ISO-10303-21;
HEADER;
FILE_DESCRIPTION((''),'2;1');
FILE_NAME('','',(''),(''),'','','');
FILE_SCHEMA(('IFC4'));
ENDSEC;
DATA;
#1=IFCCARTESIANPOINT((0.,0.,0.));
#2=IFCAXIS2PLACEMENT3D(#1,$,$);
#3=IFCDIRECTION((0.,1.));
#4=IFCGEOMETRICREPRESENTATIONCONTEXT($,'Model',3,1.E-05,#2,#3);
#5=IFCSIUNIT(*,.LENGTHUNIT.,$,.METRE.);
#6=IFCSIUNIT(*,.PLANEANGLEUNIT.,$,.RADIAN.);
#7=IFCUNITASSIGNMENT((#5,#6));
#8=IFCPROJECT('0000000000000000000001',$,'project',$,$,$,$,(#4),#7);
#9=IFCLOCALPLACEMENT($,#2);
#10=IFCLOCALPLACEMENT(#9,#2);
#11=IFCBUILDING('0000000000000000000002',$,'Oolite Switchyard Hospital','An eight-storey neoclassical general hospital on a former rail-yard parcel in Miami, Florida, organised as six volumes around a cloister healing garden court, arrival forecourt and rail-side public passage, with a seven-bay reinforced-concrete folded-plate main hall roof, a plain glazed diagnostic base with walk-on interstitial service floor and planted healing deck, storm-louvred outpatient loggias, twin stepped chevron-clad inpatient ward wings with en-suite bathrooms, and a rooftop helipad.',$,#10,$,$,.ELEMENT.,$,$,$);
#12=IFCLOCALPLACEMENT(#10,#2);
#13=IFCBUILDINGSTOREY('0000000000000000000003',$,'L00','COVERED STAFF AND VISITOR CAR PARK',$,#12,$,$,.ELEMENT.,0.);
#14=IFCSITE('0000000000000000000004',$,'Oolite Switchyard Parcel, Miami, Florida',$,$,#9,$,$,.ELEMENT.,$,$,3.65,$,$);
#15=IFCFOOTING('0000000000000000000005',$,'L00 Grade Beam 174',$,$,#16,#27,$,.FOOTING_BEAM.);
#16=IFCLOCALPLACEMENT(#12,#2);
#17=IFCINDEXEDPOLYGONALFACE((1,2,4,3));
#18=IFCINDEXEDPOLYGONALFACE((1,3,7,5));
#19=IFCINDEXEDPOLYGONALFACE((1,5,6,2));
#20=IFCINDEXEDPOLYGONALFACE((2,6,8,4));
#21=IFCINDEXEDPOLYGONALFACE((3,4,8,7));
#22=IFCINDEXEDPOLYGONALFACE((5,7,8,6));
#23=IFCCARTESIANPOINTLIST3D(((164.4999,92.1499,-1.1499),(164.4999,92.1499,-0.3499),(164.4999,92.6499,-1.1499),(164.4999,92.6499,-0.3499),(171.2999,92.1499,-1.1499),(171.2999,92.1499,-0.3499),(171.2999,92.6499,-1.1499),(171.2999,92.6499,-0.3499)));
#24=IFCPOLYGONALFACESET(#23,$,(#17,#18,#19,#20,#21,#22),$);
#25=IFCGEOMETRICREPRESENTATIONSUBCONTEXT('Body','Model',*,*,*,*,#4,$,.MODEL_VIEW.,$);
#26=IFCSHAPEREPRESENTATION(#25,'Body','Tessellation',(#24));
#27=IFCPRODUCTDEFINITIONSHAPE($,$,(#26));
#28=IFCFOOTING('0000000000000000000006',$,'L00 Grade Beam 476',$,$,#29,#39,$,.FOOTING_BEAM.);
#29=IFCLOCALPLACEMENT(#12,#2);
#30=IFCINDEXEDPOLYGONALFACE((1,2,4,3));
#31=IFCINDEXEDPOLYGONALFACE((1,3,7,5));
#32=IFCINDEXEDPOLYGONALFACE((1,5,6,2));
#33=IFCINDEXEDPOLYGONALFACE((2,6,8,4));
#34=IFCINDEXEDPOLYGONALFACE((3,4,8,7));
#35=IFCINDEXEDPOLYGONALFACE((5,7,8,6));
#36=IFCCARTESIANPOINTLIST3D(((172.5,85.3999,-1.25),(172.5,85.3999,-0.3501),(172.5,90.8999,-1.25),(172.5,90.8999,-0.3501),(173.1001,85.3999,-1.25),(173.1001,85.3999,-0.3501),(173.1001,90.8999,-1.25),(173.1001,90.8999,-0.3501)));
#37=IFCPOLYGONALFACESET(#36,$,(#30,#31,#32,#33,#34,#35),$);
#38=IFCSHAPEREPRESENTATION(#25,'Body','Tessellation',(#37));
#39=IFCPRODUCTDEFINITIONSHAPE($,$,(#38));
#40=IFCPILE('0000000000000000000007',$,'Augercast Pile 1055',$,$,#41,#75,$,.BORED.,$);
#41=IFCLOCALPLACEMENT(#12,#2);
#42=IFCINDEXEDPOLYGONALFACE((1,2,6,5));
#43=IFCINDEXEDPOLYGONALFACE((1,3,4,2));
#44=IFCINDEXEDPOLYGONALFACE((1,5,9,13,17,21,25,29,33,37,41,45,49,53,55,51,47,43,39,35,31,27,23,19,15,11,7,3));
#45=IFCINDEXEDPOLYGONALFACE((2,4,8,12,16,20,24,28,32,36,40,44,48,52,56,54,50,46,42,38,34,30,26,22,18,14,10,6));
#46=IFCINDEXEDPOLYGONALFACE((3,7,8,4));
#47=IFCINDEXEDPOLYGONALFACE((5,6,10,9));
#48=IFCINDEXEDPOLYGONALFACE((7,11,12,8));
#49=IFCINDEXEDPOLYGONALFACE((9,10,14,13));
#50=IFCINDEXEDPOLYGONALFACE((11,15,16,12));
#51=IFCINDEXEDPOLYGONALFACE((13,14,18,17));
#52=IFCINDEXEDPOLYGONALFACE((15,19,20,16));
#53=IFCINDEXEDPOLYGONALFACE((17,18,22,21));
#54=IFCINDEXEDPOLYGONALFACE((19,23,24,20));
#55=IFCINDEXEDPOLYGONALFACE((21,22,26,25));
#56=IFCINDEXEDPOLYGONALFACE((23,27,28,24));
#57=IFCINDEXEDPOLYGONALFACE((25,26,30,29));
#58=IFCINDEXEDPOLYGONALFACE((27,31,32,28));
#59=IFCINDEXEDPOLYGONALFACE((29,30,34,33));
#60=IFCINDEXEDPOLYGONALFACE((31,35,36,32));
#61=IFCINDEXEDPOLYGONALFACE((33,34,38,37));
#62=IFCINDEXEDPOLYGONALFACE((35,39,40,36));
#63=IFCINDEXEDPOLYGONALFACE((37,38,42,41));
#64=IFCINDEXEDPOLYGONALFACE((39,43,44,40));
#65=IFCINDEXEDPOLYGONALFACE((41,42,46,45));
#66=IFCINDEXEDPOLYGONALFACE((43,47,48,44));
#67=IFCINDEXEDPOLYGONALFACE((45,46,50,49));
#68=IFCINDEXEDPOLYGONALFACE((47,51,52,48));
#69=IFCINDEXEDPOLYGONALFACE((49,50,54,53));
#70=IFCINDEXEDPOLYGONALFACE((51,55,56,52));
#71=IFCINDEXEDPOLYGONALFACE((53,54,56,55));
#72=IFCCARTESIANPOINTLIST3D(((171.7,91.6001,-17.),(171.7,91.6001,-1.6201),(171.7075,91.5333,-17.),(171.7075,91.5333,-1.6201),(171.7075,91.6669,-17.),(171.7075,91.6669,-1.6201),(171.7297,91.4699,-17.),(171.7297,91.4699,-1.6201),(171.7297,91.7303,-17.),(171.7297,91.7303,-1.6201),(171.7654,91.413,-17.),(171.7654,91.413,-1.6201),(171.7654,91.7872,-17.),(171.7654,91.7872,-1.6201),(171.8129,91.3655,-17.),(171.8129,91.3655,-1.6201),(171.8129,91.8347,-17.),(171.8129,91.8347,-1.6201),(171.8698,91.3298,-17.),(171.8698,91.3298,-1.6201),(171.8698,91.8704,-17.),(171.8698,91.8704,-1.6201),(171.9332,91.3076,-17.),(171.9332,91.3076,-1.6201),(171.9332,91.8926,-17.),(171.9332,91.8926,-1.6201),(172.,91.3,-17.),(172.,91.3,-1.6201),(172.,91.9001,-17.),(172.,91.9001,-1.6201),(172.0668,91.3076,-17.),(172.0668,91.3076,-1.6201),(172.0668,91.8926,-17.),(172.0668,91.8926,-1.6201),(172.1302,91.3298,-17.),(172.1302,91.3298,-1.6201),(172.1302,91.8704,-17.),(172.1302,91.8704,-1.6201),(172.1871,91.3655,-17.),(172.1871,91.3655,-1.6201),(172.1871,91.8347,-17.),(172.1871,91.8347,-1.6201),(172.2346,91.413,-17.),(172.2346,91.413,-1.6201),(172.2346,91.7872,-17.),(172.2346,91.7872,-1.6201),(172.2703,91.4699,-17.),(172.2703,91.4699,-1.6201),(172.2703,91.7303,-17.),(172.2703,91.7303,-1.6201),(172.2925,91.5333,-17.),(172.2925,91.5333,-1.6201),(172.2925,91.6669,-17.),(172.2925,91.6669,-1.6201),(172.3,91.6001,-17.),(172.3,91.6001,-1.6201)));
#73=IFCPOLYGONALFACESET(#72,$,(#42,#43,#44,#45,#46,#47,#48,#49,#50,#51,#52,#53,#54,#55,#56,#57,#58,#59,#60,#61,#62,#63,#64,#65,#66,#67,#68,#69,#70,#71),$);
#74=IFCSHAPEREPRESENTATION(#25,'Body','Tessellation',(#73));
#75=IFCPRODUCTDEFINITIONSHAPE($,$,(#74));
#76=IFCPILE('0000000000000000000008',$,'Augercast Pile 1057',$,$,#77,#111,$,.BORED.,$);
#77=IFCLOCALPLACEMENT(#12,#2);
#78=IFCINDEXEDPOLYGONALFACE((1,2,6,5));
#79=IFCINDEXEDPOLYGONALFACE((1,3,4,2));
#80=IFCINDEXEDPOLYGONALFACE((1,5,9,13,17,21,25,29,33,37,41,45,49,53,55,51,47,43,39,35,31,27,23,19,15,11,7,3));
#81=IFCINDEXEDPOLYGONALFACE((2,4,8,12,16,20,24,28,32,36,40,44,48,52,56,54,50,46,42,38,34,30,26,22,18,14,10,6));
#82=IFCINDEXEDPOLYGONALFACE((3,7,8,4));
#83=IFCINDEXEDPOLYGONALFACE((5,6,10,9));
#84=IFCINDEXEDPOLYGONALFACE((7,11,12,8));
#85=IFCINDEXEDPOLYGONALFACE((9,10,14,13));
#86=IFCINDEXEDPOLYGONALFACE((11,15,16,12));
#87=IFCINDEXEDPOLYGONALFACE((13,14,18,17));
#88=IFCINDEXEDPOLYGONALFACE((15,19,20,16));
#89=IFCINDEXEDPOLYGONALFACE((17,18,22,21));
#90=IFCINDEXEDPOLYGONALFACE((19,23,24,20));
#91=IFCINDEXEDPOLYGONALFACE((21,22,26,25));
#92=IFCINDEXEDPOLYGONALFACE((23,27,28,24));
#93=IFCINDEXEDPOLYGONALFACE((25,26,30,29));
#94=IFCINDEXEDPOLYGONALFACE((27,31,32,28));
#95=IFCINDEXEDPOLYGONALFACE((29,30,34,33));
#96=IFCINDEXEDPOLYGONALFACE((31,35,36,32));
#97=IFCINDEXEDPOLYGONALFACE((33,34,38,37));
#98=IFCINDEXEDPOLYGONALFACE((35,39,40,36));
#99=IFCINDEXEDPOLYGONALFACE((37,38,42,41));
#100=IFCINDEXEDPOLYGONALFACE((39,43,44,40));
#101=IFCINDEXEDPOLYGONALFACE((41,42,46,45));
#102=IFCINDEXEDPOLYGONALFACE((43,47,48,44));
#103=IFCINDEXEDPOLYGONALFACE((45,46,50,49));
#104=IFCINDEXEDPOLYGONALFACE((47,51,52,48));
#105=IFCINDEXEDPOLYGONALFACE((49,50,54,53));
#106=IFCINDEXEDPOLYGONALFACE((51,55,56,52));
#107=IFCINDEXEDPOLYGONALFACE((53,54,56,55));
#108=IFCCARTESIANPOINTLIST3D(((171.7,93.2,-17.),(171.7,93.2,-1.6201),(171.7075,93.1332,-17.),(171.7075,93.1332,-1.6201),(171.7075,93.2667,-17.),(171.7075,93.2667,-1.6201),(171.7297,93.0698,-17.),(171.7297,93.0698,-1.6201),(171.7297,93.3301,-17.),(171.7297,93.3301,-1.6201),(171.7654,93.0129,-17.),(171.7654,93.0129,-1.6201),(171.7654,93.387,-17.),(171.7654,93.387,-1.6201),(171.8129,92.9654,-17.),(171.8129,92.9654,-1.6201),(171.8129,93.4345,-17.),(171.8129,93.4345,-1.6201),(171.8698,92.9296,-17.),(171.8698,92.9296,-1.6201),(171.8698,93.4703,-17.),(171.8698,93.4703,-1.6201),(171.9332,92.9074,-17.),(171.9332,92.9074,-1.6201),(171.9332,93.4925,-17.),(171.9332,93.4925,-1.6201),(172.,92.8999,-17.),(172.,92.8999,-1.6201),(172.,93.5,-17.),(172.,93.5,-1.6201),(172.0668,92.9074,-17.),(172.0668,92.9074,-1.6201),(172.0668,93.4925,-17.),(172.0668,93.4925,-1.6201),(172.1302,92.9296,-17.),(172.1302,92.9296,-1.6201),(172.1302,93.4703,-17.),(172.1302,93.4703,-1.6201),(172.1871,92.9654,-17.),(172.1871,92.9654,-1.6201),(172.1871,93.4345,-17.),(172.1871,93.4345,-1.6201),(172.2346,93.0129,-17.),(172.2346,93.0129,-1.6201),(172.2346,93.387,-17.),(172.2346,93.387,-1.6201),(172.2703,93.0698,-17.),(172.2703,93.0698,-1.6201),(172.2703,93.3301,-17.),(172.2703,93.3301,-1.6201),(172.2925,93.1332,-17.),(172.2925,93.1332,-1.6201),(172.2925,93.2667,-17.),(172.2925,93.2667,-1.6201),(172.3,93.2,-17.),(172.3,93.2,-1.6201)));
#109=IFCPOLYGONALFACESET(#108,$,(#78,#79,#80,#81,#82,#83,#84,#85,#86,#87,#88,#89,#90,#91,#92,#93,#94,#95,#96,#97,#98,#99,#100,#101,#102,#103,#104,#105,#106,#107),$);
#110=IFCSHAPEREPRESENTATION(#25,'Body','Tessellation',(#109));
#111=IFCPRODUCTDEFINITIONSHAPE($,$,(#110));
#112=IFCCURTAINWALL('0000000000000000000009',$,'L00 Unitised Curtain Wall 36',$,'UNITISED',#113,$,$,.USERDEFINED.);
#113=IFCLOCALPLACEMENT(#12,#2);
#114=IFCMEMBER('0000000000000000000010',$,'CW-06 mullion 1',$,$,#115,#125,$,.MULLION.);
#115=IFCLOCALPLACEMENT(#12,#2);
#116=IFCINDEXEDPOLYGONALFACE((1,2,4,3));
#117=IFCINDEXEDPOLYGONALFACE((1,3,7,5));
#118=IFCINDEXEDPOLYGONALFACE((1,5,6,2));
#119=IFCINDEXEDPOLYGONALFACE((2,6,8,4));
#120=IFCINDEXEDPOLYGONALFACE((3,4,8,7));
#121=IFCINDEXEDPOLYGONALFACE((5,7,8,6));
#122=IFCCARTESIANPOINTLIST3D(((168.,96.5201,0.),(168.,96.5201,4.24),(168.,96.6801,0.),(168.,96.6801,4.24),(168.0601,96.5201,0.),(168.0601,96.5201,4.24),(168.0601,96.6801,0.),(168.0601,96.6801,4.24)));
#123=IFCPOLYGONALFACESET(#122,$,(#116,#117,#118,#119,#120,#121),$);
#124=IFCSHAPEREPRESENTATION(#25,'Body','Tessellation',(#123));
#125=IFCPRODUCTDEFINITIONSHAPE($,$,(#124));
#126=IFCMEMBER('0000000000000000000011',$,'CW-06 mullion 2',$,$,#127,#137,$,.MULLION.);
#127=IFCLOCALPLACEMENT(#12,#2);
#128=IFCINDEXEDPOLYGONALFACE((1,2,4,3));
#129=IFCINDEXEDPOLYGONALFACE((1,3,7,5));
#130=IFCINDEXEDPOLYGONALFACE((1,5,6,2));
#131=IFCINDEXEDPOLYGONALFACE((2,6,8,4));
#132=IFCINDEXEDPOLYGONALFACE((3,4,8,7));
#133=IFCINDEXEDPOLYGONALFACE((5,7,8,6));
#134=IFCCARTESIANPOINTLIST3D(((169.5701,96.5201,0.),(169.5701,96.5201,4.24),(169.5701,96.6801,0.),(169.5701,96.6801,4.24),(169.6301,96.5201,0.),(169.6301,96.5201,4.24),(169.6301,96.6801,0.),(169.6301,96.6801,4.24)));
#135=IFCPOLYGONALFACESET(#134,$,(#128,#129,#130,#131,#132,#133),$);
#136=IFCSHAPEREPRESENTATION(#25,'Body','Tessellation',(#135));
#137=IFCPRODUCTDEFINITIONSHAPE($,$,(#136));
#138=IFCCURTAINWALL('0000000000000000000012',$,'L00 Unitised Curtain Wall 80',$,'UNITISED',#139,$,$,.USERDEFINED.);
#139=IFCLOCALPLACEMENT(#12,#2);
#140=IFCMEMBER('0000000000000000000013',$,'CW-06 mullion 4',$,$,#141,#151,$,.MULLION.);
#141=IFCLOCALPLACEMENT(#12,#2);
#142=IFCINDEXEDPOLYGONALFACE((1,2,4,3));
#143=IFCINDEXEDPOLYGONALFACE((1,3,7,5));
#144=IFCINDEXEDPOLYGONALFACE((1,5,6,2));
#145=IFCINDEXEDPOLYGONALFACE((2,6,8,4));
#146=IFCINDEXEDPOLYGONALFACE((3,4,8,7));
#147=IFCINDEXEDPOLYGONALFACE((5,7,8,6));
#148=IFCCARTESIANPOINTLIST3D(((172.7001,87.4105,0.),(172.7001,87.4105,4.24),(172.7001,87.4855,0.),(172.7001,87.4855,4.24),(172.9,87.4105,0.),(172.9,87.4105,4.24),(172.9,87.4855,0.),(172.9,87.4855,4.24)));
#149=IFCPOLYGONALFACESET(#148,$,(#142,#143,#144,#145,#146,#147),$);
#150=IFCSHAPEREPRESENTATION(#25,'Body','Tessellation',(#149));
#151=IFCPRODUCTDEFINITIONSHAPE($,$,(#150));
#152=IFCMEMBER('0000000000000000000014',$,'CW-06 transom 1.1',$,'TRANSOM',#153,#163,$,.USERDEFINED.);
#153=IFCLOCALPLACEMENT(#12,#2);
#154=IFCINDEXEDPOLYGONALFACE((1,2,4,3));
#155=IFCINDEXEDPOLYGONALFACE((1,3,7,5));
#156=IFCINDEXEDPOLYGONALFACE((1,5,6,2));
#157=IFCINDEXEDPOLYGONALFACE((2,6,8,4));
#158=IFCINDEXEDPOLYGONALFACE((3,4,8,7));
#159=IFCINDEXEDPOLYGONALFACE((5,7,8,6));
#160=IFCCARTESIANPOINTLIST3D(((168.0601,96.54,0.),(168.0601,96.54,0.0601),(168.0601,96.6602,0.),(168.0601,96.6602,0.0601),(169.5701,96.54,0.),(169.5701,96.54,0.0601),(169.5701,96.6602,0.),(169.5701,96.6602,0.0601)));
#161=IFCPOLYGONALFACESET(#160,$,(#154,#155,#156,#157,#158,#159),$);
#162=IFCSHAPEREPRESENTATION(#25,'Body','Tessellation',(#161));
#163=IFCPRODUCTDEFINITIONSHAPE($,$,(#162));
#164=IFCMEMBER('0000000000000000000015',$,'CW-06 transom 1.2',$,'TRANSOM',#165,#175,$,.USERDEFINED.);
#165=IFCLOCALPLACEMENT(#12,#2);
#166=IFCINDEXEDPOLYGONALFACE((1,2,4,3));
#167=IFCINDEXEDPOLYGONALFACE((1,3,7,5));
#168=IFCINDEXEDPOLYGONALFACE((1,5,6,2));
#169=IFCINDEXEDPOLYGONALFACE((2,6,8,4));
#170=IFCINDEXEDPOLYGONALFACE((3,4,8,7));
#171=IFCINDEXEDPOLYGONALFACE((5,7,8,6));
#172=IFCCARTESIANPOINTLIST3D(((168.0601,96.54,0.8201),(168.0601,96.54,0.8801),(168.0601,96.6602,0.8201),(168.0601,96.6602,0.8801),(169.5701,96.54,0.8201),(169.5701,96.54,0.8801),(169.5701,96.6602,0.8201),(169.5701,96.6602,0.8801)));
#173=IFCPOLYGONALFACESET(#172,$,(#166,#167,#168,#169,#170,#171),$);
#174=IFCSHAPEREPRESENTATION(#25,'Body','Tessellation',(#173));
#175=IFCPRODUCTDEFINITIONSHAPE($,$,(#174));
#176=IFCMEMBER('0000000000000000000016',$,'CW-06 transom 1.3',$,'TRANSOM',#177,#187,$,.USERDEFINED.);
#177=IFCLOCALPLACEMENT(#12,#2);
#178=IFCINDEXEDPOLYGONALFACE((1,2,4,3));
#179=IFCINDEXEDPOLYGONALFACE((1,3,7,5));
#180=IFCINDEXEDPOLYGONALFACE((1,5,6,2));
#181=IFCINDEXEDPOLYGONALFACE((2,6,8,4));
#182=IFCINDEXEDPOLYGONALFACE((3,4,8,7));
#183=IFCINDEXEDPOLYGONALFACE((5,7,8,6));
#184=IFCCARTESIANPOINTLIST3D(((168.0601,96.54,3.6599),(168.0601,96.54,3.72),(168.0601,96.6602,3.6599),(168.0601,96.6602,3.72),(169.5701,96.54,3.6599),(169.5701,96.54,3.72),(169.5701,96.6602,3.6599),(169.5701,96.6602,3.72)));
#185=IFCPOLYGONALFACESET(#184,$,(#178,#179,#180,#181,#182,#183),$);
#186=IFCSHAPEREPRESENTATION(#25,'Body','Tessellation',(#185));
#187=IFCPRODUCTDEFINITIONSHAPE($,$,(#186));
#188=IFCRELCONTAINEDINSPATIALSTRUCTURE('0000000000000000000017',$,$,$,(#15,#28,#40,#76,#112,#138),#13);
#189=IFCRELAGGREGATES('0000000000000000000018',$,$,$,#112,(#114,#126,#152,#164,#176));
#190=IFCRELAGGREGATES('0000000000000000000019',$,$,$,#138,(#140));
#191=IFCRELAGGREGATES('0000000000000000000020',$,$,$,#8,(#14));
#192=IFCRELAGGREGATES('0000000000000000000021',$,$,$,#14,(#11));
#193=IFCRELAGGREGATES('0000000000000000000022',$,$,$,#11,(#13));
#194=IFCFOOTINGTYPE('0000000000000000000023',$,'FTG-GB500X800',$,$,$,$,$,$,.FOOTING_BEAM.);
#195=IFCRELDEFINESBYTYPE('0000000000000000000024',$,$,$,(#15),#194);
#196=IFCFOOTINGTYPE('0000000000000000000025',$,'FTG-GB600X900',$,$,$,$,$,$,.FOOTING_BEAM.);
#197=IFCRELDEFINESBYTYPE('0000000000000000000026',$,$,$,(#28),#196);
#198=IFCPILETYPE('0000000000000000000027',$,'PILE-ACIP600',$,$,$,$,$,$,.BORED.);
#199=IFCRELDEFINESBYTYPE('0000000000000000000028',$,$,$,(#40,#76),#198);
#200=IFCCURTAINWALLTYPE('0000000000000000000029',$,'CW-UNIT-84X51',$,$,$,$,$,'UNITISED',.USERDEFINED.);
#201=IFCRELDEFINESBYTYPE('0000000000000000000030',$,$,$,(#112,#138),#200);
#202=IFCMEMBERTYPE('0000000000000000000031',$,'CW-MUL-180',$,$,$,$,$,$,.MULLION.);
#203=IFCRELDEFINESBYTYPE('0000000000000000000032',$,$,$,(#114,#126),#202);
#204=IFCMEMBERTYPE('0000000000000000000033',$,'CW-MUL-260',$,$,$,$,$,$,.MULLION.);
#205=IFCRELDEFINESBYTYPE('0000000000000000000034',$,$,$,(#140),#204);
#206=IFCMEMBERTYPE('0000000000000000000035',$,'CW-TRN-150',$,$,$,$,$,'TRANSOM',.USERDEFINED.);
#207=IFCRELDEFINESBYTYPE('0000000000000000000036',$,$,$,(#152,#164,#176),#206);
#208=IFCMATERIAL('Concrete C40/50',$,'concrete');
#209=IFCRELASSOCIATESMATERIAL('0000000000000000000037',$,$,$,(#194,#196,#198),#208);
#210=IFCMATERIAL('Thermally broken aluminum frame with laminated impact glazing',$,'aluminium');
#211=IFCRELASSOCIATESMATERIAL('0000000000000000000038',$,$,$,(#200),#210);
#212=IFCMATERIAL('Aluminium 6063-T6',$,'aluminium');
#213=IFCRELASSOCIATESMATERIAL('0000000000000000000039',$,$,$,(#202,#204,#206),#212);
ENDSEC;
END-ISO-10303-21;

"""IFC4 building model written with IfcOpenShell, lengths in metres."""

from ifc_helpers import new_model, si_unit, direction, frame, origin, origin_2d, place, context, subcontext, project, spatial, rectangle, circle, extrude, material, material_profile, profile_set, type_object, element, aggregate, save


model = new_model("IFC4")

# Units and contexts
model_context = context("Model", 3, precision=1e-05, world=origin(), true_north=direction((0.0, 1.0)))
body_context = subcontext(model_context, "Body", "Model", "MODEL_VIEW")
ifc_project = project(units=[si_unit("LENGTHUNIT", "METRE"), si_unit("PLANEANGLEUNIT", "RADIAN")], contexts=[model_context])

# Site, building, storey
site_placement = place(None, origin())
site = spatial("IfcSite", under=ifc_project, at=site_placement, Name="Oolite Switchyard Parcel, Miami, Florida", CompositionType="ELEMENT", RefElevation=3.65)
building_placement = place(site_placement, origin())
building = spatial("IfcBuilding", under=site, at=building_placement, Name="Oolite Switchyard Hospital", Description="An eight-storey neoclassical general hospital on a former rail-yard parcel in Miami, Florida, organised as six volumes around a cloister healing garden court, arrival forecourt and rail-side public passage, with a seven-bay reinforced-concrete folded-plate main hall roof, a plain glazed diagnostic base with walk-on interstitial service floor and planted healing deck, storm-louvred outpatient loggias, twin stepped chevron-clad inpatient ward wings with en-suite bathrooms, and a rooftop helipad.", CompositionType="ELEMENT")
storey_placement = place(building_placement, origin())
storey = spatial("IfcBuildingStorey", under=building, at=storey_placement, Name="L00", Description="COVERED STAFF AND VISITOR CAR PARK", CompositionType="ELEMENT", Elevation=0.0)

# Footings
ifc_material_1 = material(Name="Concrete C40/50", Category="concrete")
footing_type_1 = type_object("IfcFootingType", Name="FTG-GB500X800", PredefinedType="FOOTING_BEAM", material=ifc_material_1)
footing_1_placement = place(storey_placement, frame((167.8999, 92.3999, -1.1499), z_axis=(0.0, 0.0, 1.0), x_axis=(1.0, 0.0, 0.0)))
element("IfcFooting", 1, at=footing_1_placement, inside=storey, type_object=footing_type_1, Name="L00 Grade Beam 174", PredefinedType="FOOTING_BEAM", context=body_context, shape_type="SweptSolid", body=[
    extrude(rectangle(XDim=6.8, YDim=0.5, at=origin_2d()), origin(), (0.0, 0.0, 1.0), 0.8),
])
footing_type_2 = type_object("IfcFootingType", Name="FTG-GB600X900", PredefinedType="FOOTING_BEAM", material=ifc_material_1)
footing_2_placement = place(storey_placement, frame((172.8, 88.1499, -1.25), z_axis=(0.0, 0.0, 1.0), x_axis=(0.0, 1.0, 0.0)))
element("IfcFooting", 2, at=footing_2_placement, inside=storey, type_object=footing_type_2, Name="L00 Grade Beam 476", PredefinedType="FOOTING_BEAM", context=body_context, shape_type="SweptSolid", body=[
    extrude(rectangle(XDim=5.5, YDim=0.6001, at=origin_2d()), origin(), (0.0, 0.0, 1.0), 0.8999),
])

# Piles
ifc_material_profile_1 = material_profile(ifc_material_1, circle(Radius=0.3, at=origin_2d()), Name="PILE600")
ifc_profile_set_1 = profile_set([ifc_material_profile_1], Name="Concrete C40/50")
pile_type = type_object("IfcPileType", Name="PILE-ACIP600", PredefinedType="BORED", material=ifc_profile_set_1)
for number, where, z_axis, x_axis, name in (
    (3, (172.0, 91.6001, -1.6201), (0.0, 0.0, -1.0), (1.0, 0.0, 0.0), "Augercast Pile 1055"),
    (4, (172.0, 93.2, -1.6201), (0.0, 0.0, -1.0), (1.0, 0.0, 0.0), "Augercast Pile 1057"),
):
    element("IfcPile", number, at=place(storey_placement, frame(where, z_axis=z_axis, x_axis=x_axis)), inside=storey, type_object=pile_type, Name=name, PredefinedType="BORED", context=body_context, shape_type="SweptSolid", body=[
        extrude(circle(Radius=0.3, at=origin_2d()), origin(), (0.0, 0.0, 1.0), 15.3799),
    ])

# Curtain wall, members
ifc_material_2 = material(Name="Thermally broken aluminum frame with laminated impact glazing", Category="aluminium")
curtain_wall_type = type_object("IfcCurtainWallType", Name="CW-UNIT-84X51", ElementType="UNITISED", PredefinedType="USERDEFINED", material=ifc_material_2)
curtain_wall_1_placement = place(storey_placement, origin())
curtain_wall_1 = element("IfcCurtainWall", 5, at=curtain_wall_1_placement, inside=storey, type_object=curtain_wall_type, Name="L00 Unitised Curtain Wall 36", ObjectType="UNITISED", PredefinedType="USERDEFINED")
ifc_material_3 = material(Name="Aluminium 6063-T6", Category="aluminium")
ifc_material_profile_2 = material_profile(ifc_material_3, rectangle(XDim=0.1599, YDim=0.0601, at=origin_2d()), Name="CWM60X160")
ifc_profile_set_2 = profile_set([ifc_material_profile_2], Name="Aluminium 6063-T6")
member_type_1 = type_object("IfcMemberType", Name="CW-MUL-180", PredefinedType="MULLION", material=ifc_profile_set_2)
member_1_placement = place(storey_placement, frame((168.03, 96.6001, 0.0), z_axis=(0.0, 0.0, 1.0), x_axis=(0.0, 1.0, 0.0)))
member_1 = element("IfcMember", 6, at=member_1_placement, type_object=member_type_1, Name="CW-06 mullion 1", PredefinedType="MULLION", context=body_context, shape_type="SweptSolid", body=[
    extrude(rectangle(XDim=0.1599, YDim=0.0601, at=origin_2d()), origin(), (0.0, 0.0, 1.0), 4.24),
])
member_2_placement = place(storey_placement, frame((169.6001, 96.6001, 0.0), z_axis=(0.0, 0.0, 1.0), x_axis=(0.0, 1.0, 0.0)))
member_2 = element("IfcMember", 7, at=member_2_placement, type_object=member_type_1, Name="CW-06 mullion 2", PredefinedType="MULLION", context=body_context, shape_type="SweptSolid", body=[
    extrude(rectangle(XDim=0.1599, YDim=0.0601, at=origin_2d()), origin(), (0.0, 0.0, 1.0), 4.24),
])

# Curtain wall, member
curtain_wall_2_placement = place(storey_placement, origin())
curtain_wall_2 = element("IfcCurtainWall", 8, at=curtain_wall_2_placement, inside=storey, type_object=curtain_wall_type, Name="L00 Unitised Curtain Wall 80", ObjectType="UNITISED", PredefinedType="USERDEFINED")
ifc_material_profile_3 = material_profile(ifc_material_3, rectangle(XDim=0.2, YDim=0.075, at=origin_2d()), Name="CWM75X200")
ifc_profile_set_3 = profile_set([ifc_material_profile_3], Name="Aluminium 6063-T6")
member_type_2 = type_object("IfcMemberType", Name="CW-MUL-260", PredefinedType="MULLION", material=ifc_profile_set_3)
member_3_placement = place(storey_placement, frame((172.8, 87.448, 0.0), z_axis=(0.0, 0.0, 1.0), x_axis=(1.0, 0.0, 0.0)))
member_3 = element("IfcMember", 9, at=member_3_placement, type_object=member_type_2, Name="CW-06 mullion 4", PredefinedType="MULLION", context=body_context, shape_type="SweptSolid", body=[
    extrude(rectangle(XDim=0.2, YDim=0.075, at=origin_2d()), origin(), (0.0, 0.0, 1.0), 4.24),
])

# Members
ifc_material_profile_4 = material_profile(ifc_material_3, rectangle(XDim=0.1201, YDim=0.0601, at=origin_2d()), Name="CWT60X120")
ifc_profile_set_4 = profile_set([ifc_material_profile_4], Name="Aluminium 6063-T6")
member_type_3 = type_object("IfcMemberType", Name="CW-TRN-150", ElementType="TRANSOM", PredefinedType="USERDEFINED", material=ifc_profile_set_4)
member_4_placement = place(storey_placement, frame((168.0601, 96.6001, 0.03), z_axis=(1.0, 0.0, 0.0), x_axis=(0.0, 1.0, 0.0)))
member_4 = element("IfcMember", 10, at=member_4_placement, type_object=member_type_3, Name="CW-06 transom 1.1", ObjectType="TRANSOM", PredefinedType="USERDEFINED", context=body_context, shape_type="SweptSolid", body=[
    extrude(rectangle(XDim=0.1201, YDim=0.0601, at=origin_2d()), origin(), (0.0, 0.0, 1.0), 1.51),
])
member_5_placement = place(storey_placement, frame((168.0601, 96.6001, 0.8501), z_axis=(1.0, 0.0, 0.0), x_axis=(0.0, 1.0, 0.0)))
member_5 = element("IfcMember", 11, at=member_5_placement, type_object=member_type_3, Name="CW-06 transom 1.2", ObjectType="TRANSOM", PredefinedType="USERDEFINED", context=body_context, shape_type="SweptSolid", body=[
    extrude(rectangle(XDim=0.1201, YDim=0.0601, at=origin_2d()), origin(), (0.0, 0.0, 1.0), 1.51),
])
member_6_placement = place(storey_placement, frame((168.0601, 96.6001, 3.6899), z_axis=(1.0, 0.0, 0.0), x_axis=(0.0, 1.0, 0.0)))
member_6 = element("IfcMember", 12, at=member_6_placement, type_object=member_type_3, Name="CW-06 transom 1.3", ObjectType="TRANSOM", PredefinedType="USERDEFINED", context=body_context, shape_type="SweptSolid", body=[
    extrude(rectangle(XDim=0.1201, YDim=0.0601, at=origin_2d()), origin(), (0.0, 0.0, 1.0), 1.51),
])

aggregate(curtain_wall_1, [member_1, member_2, member_4, member_5, member_6])
aggregate(curtain_wall_2, [member_3])

save(model, "model.ifc")
